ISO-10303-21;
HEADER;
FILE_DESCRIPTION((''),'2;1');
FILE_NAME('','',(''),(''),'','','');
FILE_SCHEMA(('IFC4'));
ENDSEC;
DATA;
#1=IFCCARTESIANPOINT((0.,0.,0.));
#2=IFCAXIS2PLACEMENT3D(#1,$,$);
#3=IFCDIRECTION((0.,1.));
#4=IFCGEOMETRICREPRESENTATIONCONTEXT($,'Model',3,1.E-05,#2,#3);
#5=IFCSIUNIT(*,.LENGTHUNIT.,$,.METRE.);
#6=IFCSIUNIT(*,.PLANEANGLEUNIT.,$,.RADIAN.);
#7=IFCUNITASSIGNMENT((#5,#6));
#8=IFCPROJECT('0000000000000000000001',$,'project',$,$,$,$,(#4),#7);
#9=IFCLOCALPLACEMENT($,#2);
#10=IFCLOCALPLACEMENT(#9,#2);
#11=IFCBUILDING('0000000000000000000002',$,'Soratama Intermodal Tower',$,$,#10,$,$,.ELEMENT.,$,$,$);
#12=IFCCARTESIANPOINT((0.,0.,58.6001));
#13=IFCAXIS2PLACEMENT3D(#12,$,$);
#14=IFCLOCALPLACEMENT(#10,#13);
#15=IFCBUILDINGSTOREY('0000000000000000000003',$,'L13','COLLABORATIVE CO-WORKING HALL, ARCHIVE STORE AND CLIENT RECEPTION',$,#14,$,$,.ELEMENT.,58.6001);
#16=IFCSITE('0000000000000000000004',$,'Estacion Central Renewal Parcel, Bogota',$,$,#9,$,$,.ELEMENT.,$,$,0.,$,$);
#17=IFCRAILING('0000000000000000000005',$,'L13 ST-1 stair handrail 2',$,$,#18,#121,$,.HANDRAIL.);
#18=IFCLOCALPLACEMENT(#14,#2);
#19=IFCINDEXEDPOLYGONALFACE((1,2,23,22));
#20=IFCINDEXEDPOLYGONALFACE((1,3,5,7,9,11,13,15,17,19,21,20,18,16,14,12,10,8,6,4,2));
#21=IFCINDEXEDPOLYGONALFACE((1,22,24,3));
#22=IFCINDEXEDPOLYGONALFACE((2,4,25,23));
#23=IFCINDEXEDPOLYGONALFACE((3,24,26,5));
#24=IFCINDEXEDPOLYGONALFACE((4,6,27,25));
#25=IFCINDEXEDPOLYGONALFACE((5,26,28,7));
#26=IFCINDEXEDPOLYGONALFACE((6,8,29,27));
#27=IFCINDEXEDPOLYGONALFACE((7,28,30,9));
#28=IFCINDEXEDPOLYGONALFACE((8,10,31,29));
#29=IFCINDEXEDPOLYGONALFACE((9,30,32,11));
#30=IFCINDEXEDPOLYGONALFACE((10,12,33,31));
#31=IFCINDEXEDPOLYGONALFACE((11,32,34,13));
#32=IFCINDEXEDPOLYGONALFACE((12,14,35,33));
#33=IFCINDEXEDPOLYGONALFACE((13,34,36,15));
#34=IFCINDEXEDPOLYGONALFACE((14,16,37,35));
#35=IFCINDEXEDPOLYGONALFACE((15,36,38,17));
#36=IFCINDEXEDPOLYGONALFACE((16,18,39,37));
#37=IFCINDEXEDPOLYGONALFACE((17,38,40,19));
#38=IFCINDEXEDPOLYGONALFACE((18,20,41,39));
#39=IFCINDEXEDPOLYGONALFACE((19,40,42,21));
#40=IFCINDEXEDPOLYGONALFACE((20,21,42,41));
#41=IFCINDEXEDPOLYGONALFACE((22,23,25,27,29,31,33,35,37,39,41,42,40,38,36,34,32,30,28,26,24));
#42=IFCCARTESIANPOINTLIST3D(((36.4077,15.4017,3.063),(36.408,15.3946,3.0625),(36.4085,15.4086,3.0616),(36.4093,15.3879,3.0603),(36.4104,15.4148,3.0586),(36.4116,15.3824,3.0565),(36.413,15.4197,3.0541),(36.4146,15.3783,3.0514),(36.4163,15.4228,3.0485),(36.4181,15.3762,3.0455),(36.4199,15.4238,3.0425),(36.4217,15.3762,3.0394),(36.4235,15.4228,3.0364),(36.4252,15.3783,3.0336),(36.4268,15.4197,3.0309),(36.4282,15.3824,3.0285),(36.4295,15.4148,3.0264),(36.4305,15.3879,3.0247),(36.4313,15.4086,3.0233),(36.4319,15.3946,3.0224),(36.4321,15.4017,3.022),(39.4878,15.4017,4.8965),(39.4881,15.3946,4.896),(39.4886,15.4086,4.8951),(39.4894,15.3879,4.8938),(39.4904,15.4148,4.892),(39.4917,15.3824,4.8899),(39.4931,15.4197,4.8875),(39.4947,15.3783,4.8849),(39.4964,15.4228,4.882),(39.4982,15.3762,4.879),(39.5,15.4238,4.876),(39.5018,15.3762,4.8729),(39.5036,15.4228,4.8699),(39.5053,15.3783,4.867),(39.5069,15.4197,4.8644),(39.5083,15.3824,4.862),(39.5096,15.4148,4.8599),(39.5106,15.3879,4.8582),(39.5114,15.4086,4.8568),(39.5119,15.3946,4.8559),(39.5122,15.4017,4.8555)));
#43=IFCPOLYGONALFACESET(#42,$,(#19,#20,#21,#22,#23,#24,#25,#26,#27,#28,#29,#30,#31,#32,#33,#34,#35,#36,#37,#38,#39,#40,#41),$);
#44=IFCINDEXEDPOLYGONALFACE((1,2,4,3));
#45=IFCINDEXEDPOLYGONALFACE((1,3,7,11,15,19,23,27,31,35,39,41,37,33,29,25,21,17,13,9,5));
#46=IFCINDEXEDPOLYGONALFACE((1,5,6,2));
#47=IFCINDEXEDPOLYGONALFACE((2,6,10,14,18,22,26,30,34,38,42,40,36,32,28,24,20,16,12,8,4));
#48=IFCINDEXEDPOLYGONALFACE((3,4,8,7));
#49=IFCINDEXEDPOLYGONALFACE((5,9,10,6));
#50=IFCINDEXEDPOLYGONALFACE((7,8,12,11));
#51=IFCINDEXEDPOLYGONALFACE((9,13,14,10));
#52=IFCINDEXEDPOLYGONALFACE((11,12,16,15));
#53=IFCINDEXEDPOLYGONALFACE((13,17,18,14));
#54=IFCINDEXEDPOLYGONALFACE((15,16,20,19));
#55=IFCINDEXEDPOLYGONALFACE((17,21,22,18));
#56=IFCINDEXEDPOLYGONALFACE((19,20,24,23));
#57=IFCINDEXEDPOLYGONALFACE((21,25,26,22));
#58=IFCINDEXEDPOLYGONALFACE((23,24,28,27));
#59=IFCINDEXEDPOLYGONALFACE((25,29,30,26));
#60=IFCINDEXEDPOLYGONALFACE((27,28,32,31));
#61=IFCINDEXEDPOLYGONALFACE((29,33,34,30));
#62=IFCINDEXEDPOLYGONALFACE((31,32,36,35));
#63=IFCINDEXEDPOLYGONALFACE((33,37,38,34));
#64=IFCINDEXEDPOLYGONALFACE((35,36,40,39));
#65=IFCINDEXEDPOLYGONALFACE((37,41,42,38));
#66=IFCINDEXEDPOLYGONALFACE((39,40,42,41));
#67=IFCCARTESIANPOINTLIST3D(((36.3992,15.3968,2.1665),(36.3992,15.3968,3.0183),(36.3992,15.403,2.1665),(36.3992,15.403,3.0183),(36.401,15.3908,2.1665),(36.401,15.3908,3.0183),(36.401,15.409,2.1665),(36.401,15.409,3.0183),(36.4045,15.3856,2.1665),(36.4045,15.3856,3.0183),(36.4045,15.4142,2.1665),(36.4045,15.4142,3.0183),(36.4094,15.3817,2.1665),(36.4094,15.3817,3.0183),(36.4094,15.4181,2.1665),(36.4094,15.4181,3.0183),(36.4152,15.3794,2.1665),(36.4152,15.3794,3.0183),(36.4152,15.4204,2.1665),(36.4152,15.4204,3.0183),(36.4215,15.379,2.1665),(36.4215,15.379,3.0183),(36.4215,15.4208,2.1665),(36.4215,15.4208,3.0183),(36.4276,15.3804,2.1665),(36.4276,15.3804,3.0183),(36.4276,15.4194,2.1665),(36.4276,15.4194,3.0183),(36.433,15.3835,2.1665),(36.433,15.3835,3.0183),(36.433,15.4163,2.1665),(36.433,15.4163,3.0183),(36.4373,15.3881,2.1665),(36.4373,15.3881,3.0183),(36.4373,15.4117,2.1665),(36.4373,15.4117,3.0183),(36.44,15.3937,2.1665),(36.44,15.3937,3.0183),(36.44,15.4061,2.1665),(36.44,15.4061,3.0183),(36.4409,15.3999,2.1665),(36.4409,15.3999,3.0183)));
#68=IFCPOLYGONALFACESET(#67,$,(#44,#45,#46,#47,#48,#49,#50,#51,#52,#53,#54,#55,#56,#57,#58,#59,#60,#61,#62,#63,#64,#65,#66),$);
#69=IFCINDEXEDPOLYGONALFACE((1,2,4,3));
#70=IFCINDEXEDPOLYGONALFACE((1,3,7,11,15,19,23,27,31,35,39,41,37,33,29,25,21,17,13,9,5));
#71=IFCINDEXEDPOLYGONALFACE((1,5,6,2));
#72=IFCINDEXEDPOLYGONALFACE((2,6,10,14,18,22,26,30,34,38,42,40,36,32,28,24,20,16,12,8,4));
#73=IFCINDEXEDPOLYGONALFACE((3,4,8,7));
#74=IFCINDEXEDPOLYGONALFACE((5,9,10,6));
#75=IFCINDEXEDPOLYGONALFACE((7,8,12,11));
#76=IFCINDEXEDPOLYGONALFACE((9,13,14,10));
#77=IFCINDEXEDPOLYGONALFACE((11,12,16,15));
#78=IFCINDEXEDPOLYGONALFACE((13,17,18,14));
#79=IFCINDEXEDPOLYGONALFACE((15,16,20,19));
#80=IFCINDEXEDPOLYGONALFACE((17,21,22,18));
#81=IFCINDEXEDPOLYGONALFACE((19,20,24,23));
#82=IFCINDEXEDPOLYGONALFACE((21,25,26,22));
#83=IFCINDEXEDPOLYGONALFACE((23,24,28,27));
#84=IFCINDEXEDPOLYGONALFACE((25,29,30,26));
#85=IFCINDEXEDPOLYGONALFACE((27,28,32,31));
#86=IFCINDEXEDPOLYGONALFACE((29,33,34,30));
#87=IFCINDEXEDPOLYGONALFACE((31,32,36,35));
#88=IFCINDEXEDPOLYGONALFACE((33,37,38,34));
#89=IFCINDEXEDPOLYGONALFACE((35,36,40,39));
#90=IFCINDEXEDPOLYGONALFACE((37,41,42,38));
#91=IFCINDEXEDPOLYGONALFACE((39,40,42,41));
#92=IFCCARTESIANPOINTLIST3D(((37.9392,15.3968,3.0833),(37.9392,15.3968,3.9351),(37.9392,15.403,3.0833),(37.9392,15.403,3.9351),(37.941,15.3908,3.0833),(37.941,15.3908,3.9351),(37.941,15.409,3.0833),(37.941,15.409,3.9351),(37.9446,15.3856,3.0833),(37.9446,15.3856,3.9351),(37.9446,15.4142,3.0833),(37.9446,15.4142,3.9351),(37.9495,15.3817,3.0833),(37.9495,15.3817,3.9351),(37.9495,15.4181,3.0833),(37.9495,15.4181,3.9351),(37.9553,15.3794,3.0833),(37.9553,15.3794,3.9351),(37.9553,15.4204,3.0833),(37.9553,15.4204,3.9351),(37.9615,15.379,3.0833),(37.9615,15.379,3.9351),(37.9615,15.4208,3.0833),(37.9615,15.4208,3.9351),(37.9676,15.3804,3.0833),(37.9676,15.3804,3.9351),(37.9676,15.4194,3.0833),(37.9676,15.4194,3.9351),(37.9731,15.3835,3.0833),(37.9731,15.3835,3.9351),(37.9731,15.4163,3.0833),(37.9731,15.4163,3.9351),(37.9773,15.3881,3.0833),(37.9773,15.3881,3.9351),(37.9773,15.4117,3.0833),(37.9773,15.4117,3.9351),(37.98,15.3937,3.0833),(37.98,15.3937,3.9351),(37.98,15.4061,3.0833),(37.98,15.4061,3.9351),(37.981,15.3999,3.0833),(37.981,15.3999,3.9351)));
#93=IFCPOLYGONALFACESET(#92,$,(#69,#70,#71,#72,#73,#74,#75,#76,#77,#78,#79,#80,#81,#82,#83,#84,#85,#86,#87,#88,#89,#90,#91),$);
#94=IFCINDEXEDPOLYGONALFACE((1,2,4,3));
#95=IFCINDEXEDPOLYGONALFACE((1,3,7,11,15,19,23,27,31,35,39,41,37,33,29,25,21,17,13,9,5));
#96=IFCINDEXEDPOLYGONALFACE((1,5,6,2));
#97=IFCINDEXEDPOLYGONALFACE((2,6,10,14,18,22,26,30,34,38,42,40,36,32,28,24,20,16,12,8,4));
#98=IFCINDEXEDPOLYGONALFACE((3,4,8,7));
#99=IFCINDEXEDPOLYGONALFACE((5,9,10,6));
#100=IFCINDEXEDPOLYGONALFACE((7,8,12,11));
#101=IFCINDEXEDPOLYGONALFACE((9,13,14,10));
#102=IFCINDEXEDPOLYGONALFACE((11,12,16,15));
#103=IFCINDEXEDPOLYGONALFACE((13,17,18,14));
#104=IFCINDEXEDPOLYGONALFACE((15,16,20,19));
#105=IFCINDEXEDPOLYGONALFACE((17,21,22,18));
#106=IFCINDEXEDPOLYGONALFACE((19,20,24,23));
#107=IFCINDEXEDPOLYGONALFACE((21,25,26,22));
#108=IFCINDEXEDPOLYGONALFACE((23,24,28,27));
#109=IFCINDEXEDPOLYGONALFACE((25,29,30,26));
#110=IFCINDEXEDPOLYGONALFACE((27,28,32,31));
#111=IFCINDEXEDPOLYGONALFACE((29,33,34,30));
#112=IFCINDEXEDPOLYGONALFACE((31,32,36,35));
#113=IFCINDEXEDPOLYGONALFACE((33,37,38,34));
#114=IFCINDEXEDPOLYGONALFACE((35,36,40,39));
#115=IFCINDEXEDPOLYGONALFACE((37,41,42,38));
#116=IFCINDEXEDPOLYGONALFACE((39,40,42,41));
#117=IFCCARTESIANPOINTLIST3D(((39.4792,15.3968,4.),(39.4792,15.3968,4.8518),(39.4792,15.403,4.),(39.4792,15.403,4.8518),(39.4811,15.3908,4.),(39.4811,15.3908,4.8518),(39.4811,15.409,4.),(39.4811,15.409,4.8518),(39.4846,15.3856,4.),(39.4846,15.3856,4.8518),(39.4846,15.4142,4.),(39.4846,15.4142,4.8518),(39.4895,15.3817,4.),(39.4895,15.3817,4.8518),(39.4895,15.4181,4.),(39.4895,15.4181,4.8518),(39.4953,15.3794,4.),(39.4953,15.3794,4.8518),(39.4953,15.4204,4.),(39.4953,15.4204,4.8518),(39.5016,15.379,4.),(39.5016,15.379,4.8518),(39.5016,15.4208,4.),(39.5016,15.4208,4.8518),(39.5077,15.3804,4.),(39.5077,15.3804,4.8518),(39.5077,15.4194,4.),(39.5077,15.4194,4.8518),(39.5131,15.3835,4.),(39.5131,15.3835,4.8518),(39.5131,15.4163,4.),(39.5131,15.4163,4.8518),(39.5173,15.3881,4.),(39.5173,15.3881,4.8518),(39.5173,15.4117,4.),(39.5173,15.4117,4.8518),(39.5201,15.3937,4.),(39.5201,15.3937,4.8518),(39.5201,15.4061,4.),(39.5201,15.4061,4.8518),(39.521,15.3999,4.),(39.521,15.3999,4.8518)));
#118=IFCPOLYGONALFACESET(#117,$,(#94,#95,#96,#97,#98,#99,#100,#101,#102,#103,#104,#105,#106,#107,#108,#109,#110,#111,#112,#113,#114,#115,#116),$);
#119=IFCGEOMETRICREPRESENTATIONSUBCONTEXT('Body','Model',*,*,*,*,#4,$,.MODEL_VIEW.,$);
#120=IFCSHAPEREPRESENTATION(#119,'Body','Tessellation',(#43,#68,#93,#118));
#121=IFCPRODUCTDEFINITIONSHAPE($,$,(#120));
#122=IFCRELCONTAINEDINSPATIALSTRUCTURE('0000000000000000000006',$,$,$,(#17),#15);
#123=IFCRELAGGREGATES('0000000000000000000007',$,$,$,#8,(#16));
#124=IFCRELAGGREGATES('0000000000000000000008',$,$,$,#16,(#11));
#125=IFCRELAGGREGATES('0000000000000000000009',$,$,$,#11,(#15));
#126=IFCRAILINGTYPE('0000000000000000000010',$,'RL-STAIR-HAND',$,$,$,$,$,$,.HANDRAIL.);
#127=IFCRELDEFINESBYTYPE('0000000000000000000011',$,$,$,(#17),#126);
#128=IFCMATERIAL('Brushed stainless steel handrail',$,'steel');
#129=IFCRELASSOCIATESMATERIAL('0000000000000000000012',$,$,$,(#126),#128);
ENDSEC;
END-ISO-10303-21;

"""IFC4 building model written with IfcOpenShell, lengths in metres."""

from ifc_helpers import new_model, si_unit, direction, frame, origin, origin_2d, place, context, subcontext, project, spatial, circle, extrude, material, type_object, element, save


model = new_model("IFC4")

# Units and contexts
model_context = context("Model", 3, precision=1e-05, world=origin(), true_north=direction((0.0, 1.0)))
body_context = subcontext(model_context, "Body", "Model", "MODEL_VIEW")
ifc_project = project(units=[si_unit("LENGTHUNIT", "METRE"), si_unit("PLANEANGLEUNIT", "RADIAN")], contexts=[model_context])

# Site, building, storey
site_placement = place(None, origin())
site = spatial("IfcSite", under=ifc_project, at=site_placement, Name="Estacion Central Renewal Parcel, Bogota", CompositionType="ELEMENT", RefElevation=0.0)
building_placement = place(site_placement, origin())
building = spatial("IfcBuilding", under=site, at=building_placement, Name="Soratama Intermodal Tower", CompositionType="ELEMENT")
storey_placement = place(building_placement, frame((0.0, 0.0, 58.6001)))
storey = spatial("IfcBuildingStorey", under=building, at=storey_placement, Name="L13", Description="COLLABORATIVE CO-WORKING HALL, ARCHIVE STORE AND CLIENT RECEPTION", CompositionType="ELEMENT", Elevation=58.6001)

# Railing
ifc_material_1 = material(Name="Brushed stainless steel handrail", Category="steel")
railing_type_1 = type_object("IfcRailingType", Name="RL-STAIR-HAND", PredefinedType="HANDRAIL", material=ifc_material_1)
railing_1_placement = place(storey_placement, frame((36.4199, 15.3999, 2.1665)))
element("IfcRailing", 1, at=railing_1_placement, inside=storey, type_object=railing_type_1, Name="L13 ST-1 stair handrail 2", PredefinedType="HANDRAIL", context=body_context, shape_type="SweptSolid", body=[
    extrude(circle(Radius=0.0239, at=origin_2d()), frame((0.0, 0.0, 0.876), z_axis=(0.859279, 0.0, 0.511508), x_axis=(0.0, 1.0, 0.0)), (0.0, 0.0, 1.0), 3.5845),
    extrude(circle(Radius=0.021, at=origin_2d()), origin(), (0.0, 0.0, 1.0), 0.8518),
    extrude(circle(Radius=0.021, at=origin_2d()), frame((1.54, 0.0, 0.9167)), (0.0, 0.0, 1.0), 0.8518),
    extrude(circle(Radius=0.021, at=origin_2d()), frame((3.0801, 0.0, 1.8335)), (0.0, 0.0, 1.0), 0.8518),
])

save(model, "model.ifc")
